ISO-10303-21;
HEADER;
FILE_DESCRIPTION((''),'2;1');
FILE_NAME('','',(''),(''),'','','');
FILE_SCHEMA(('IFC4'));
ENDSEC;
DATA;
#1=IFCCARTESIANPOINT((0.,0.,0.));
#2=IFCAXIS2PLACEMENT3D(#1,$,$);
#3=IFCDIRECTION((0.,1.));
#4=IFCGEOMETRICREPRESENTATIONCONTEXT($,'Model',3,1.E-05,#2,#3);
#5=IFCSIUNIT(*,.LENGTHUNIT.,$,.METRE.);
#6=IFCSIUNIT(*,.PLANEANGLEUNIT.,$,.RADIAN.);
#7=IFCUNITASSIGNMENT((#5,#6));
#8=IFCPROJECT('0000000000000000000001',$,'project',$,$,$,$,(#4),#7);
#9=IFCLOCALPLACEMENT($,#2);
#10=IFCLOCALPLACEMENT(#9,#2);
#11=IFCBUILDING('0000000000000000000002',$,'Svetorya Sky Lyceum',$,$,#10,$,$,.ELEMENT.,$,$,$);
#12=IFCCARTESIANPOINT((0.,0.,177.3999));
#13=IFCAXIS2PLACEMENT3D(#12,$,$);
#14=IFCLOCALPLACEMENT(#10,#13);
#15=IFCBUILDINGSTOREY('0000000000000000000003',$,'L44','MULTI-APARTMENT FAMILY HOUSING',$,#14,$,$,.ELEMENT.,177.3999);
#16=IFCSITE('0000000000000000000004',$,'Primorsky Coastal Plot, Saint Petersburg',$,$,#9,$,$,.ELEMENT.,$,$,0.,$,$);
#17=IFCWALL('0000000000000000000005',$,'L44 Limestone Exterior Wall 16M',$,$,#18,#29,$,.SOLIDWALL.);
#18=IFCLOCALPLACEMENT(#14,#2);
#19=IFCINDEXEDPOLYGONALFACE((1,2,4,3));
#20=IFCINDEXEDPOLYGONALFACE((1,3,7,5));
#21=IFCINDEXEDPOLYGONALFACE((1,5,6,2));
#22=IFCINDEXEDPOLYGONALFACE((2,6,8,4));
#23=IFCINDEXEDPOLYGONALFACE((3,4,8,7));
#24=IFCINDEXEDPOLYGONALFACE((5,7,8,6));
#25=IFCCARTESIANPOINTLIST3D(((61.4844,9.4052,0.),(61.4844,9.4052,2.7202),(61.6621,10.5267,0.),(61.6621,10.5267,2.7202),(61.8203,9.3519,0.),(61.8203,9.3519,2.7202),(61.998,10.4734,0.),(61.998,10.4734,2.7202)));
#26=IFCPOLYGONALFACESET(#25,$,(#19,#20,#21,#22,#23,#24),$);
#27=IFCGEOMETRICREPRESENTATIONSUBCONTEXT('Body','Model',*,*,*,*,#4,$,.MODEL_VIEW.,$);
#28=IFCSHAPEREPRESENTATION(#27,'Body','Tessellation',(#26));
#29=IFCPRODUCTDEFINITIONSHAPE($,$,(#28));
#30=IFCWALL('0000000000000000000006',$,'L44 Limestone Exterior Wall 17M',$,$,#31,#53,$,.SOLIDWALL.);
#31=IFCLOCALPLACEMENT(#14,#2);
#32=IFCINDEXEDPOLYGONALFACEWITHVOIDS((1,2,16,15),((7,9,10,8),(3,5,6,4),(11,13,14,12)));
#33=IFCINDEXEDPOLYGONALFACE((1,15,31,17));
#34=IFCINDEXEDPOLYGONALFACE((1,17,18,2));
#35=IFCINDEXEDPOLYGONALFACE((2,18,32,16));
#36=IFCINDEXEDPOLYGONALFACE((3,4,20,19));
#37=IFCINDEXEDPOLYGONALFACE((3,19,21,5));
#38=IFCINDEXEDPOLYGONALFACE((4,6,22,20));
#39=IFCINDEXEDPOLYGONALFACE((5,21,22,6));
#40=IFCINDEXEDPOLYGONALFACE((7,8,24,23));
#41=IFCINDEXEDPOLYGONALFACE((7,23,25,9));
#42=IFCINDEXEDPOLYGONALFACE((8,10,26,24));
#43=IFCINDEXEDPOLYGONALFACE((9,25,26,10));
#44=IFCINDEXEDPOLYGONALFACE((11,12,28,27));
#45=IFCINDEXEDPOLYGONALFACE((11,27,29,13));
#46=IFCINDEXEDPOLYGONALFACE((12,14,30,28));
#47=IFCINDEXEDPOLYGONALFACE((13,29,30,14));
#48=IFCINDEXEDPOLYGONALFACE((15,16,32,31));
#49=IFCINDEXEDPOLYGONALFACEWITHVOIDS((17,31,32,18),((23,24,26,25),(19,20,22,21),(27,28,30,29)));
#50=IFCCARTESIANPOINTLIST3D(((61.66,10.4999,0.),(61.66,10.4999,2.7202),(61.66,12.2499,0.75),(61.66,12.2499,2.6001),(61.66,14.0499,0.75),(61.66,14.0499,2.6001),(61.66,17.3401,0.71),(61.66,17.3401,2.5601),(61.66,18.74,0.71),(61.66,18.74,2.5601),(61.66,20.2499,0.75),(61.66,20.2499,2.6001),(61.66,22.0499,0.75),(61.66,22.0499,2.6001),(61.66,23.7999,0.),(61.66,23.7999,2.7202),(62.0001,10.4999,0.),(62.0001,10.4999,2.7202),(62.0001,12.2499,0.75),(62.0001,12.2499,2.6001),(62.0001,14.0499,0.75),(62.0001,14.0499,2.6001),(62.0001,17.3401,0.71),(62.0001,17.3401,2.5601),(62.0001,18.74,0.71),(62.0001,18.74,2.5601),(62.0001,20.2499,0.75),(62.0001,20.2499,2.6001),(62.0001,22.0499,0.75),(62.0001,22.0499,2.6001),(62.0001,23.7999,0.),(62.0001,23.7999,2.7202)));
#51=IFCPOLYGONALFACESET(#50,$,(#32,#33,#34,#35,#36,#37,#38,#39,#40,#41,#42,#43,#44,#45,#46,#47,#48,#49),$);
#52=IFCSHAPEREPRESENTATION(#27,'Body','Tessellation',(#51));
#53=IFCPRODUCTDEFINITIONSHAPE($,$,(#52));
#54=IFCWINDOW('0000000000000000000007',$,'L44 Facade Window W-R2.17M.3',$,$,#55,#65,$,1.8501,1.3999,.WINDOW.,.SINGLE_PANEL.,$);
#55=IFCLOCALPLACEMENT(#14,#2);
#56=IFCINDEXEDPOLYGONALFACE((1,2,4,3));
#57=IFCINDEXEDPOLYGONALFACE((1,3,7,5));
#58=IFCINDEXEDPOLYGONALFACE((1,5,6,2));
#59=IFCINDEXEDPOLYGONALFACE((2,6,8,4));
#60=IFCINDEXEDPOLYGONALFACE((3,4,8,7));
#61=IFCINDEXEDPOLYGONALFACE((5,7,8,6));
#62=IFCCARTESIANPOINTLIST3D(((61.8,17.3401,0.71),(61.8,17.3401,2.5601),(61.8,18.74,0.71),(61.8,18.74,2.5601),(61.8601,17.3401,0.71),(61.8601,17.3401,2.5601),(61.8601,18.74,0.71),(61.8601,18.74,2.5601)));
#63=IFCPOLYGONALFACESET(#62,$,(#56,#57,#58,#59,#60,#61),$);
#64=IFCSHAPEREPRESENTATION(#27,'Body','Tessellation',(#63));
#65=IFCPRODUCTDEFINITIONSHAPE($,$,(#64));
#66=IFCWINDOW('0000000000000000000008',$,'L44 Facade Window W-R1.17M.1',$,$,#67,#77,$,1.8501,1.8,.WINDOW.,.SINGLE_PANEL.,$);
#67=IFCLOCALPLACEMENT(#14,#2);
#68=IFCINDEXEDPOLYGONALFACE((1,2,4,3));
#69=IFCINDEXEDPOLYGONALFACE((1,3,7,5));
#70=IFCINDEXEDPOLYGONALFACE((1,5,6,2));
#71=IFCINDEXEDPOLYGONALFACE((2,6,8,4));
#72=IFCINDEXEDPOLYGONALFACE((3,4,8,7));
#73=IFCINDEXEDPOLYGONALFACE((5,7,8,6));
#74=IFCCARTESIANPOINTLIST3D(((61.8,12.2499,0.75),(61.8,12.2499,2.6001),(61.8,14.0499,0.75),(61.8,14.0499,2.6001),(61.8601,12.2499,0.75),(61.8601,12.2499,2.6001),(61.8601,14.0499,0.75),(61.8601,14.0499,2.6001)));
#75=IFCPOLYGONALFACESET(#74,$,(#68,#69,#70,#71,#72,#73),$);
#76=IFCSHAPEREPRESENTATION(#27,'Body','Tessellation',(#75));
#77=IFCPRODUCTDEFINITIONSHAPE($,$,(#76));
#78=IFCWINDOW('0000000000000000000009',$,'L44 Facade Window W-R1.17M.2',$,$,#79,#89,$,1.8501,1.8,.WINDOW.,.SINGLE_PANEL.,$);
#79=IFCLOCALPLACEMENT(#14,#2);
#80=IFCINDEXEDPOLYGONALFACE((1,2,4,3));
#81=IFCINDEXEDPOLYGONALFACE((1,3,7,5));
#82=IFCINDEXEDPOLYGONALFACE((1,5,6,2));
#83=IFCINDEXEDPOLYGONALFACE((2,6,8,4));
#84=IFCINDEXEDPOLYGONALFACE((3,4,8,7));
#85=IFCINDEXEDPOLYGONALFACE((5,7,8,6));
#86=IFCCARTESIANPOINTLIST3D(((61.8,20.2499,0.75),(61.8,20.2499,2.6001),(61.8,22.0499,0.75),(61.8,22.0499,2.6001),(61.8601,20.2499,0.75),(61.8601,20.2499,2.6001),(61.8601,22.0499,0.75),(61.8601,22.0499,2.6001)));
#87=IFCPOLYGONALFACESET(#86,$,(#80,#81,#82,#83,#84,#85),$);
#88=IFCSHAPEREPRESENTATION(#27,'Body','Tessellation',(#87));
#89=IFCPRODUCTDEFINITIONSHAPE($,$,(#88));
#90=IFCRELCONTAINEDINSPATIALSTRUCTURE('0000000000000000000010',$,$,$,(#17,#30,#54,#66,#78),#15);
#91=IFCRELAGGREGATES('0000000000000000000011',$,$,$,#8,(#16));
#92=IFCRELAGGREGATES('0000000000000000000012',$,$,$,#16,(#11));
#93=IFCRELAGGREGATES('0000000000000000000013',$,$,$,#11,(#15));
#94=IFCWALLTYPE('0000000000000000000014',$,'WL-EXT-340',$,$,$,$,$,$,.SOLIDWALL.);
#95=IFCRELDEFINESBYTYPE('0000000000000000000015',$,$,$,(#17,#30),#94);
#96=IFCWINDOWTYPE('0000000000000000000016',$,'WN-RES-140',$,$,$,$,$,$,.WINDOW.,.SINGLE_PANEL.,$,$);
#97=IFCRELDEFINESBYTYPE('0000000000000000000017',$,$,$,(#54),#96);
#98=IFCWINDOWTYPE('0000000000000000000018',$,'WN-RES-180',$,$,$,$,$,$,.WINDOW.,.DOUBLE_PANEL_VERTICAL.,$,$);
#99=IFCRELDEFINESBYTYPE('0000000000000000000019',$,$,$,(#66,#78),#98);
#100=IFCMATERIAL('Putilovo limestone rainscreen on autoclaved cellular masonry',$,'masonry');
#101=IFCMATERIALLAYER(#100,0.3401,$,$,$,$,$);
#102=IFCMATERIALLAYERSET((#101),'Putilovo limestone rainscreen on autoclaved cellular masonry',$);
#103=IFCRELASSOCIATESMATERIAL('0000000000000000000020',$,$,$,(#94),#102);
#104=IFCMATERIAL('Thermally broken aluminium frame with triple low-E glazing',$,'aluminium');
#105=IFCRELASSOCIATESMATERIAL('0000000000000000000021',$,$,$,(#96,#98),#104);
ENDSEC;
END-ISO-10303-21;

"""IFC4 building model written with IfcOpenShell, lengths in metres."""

from ifc_helpers import new_model, si_unit, direction, frame, frame_2d, origin, place, context, subcontext, project, spatial, rectangle, extrude, material, layer, layer_set, type_object, element, fill, save


model = new_model("IFC4")

# Units and contexts
model_context = context("Model", 3, precision=1e-05, world=origin(), true_north=direction((0.0, 1.0)))
body_context = subcontext(model_context, "Body", "Model", "MODEL_VIEW")
ifc_project = project(units=[si_unit("LENGTHUNIT", "METRE"), si_unit("PLANEANGLEUNIT", "RADIAN")], contexts=[model_context])

# Site, building, storey
site_placement = place(None, origin())
site = spatial("IfcSite", under=ifc_project, at=site_placement, Name="Primorsky Coastal Plot, Saint Petersburg", CompositionType="ELEMENT", RefElevation=0.0)
building_placement = place(site_placement, origin())
building = spatial("IfcBuilding", under=site, at=building_placement, Name="Svetorya Sky Lyceum", CompositionType="ELEMENT")
storey_placement = place(building_placement, frame((0.0, 0.0, 177.3999)))
storey = spatial("IfcBuildingStorey", under=building, at=storey_placement, Name="L44", Description="MULTI-APARTMENT FAMILY HOUSING", CompositionType="ELEMENT", Elevation=177.3999)

# Wall
ifc_material_1 = material(Name="Putilovo limestone rainscreen on autoclaved cellular masonry", Category="masonry")
ifc_layer_1 = layer(ifc_material_1, 0.3401)
ifc_layer_set_1 = layer_set([ifc_layer_1], Name="Putilovo limestone rainscreen on autoclaved cellular masonry")
wall_type_1 = type_object("IfcWallType", Name="WL-EXT-340", PredefinedType="SOLIDWALL", material=ifc_layer_set_1)
wall_1_placement = place(storey_placement, frame((61.6523, 9.3784, 0.0), z_axis=(0.0, 0.0, 1.0), x_axis=(0.156515, 0.987676, 0.0)))
element("IfcWall", 1, at=wall_1_placement, inside=storey, type_object=wall_type_1, Name="L44 Limestone Exterior Wall 16M", PredefinedType="SOLIDWALL", context=body_context, shape_type="SweptSolid", body=[
    extrude(rectangle(XDim=1.1355, YDim=0.3401, at=frame_2d((0.5679, 0.0))), origin(), (0.0, 0.0, 1.0), 2.7202),
])

# Wall, openings, windows
wall_2_placement = place(storey_placement, frame((61.8301, 10.5, 0.0), z_axis=(0.0, 0.0, 1.0), x_axis=(0.0, 1.0, 0.0)))
wall_2 = element("IfcWall", 2, at=wall_2_placement, inside=storey, type_object=wall_type_1, Name="L44 Limestone Exterior Wall 17M", PredefinedType="SOLIDWALL", context=body_context, shape_type="SweptSolid", body=[
    extrude(rectangle(XDim=13.3, YDim=0.3401, at=frame_2d((6.6499, 0.0))), origin(), (0.0, 0.0, 1.0), 2.7202),
])
opening_1_placement = place(wall_2_placement, frame((1.75, 0.0, 0.75)))
opening_1 = element("IfcOpeningElement", 3, at=opening_1_placement, cuts=wall_2, PredefinedType="OPENING", context=body_context, shape_type="SweptSolid", body=[
    extrude(rectangle(XDim=1.8, YDim=1.8501, at=frame_2d((0.8999, 0.925))), frame((0.0, 0.1799, 0.0), z_axis=(0.0, -1.0, 0.0), x_axis=(1.0, 0.0, 0.0)), (0.0, 0.0, 1.0), 0.3601),
])
opening_2_placement = place(wall_2_placement, frame((6.8401, 0.0, 0.71)))
opening_2 = element("IfcOpeningElement", 4, at=opening_2_placement, cuts=wall_2, PredefinedType="OPENING", context=body_context, shape_type="SweptSolid", body=[
    extrude(rectangle(XDim=1.3999, YDim=1.8501, at=frame_2d((0.7, 0.925))), frame((0.0, 0.1799, 0.0), z_axis=(0.0, -1.0, 0.0), x_axis=(1.0, 0.0, 0.0)), (0.0, 0.0, 1.0), 0.3601),
])
opening_3_placement = place(wall_2_placement, frame((9.75, 0.0, 0.75)))
opening_3 = element("IfcOpeningElement", 5, at=opening_3_placement, cuts=wall_2, PredefinedType="OPENING", context=body_context, shape_type="SweptSolid", body=[
    extrude(rectangle(XDim=1.8, YDim=1.8501, at=frame_2d((0.8999, 0.925))), frame((0.0, 0.1799, 0.0), z_axis=(0.0, -1.0, 0.0), x_axis=(1.0, 0.0, 0.0)), (0.0, 0.0, 1.0), 0.3601),
])
ifc_material_2 = material(Name="Thermally broken aluminium frame with triple low-E glazing", Category="aluminium")
window_type_1 = type_object("IfcWindowType", Name="WN-RES-140", PartitioningType="SINGLE_PANEL", PredefinedType="WINDOW", material=ifc_material_2)
window_1_placement = place(opening_2_placement, origin())
window_1 = element("IfcWindow", 6, at=window_1_placement, inside=storey, type_object=window_type_1, Name="L44 Facade Window W-R2.17M.3", OverallHeight=1.8501, OverallWidth=1.3999, PartitioningType="SINGLE_PANEL", PredefinedType="WINDOW", context=body_context, shape_type="SweptSolid", body=[
    extrude(rectangle(XDim=1.3999, YDim=1.8501, at=frame_2d((0.7, 0.925))), frame((0.0, 0.03, 0.0), z_axis=(0.0, -1.0, 0.0), x_axis=(1.0, 0.0, 0.0)), (0.0, 0.0, 1.0), 0.0601),
])
fill(opening_2, window_1)
window_type_2 = type_object("IfcWindowType", Name="WN-RES-180", PartitioningType="DOUBLE_PANEL_VERTICAL", PredefinedType="WINDOW", material=ifc_material_2)
window_2_placement = place(opening_1_placement, origin())
window_2 = element("IfcWindow", 7, at=window_2_placement, inside=storey, type_object=window_type_2, Name="L44 Facade Window W-R1.17M.1", OverallHeight=1.8501, OverallWidth=1.8, PartitioningType="SINGLE_PANEL", PredefinedType="WINDOW", context=body_context, shape_type="SweptSolid", body=[
    extrude(rectangle(XDim=1.8, YDim=1.8501, at=frame_2d((0.8999, 0.925))), frame((0.0, 0.03, 0.0), z_axis=(0.0, -1.0, 0.0), x_axis=(1.0, 0.0, 0.0)), (0.0, 0.0, 1.0), 0.0601),
])
fill(opening_1, window_2)
window_3_placement = place(opening_3_placement, origin())
window_3 = element("IfcWindow", 8, at=window_3_placement, inside=storey, type_object=window_type_2, Name="L44 Facade Window W-R1.17M.2", OverallHeight=1.8501, OverallWidth=1.8, PartitioningType="SINGLE_PANEL", PredefinedType="WINDOW", context=body_context, shape_type="SweptSolid", body=[
    extrude(rectangle(XDim=1.8, YDim=1.8501, at=frame_2d((0.8999, 0.925))), frame((0.0, 0.03, 0.0), z_axis=(0.0, -1.0, 0.0), x_axis=(1.0, 0.0, 0.0)), (0.0, 0.0, 1.0), 0.0601),
])
fill(opening_3, window_3)

save(model, "model.ifc")
